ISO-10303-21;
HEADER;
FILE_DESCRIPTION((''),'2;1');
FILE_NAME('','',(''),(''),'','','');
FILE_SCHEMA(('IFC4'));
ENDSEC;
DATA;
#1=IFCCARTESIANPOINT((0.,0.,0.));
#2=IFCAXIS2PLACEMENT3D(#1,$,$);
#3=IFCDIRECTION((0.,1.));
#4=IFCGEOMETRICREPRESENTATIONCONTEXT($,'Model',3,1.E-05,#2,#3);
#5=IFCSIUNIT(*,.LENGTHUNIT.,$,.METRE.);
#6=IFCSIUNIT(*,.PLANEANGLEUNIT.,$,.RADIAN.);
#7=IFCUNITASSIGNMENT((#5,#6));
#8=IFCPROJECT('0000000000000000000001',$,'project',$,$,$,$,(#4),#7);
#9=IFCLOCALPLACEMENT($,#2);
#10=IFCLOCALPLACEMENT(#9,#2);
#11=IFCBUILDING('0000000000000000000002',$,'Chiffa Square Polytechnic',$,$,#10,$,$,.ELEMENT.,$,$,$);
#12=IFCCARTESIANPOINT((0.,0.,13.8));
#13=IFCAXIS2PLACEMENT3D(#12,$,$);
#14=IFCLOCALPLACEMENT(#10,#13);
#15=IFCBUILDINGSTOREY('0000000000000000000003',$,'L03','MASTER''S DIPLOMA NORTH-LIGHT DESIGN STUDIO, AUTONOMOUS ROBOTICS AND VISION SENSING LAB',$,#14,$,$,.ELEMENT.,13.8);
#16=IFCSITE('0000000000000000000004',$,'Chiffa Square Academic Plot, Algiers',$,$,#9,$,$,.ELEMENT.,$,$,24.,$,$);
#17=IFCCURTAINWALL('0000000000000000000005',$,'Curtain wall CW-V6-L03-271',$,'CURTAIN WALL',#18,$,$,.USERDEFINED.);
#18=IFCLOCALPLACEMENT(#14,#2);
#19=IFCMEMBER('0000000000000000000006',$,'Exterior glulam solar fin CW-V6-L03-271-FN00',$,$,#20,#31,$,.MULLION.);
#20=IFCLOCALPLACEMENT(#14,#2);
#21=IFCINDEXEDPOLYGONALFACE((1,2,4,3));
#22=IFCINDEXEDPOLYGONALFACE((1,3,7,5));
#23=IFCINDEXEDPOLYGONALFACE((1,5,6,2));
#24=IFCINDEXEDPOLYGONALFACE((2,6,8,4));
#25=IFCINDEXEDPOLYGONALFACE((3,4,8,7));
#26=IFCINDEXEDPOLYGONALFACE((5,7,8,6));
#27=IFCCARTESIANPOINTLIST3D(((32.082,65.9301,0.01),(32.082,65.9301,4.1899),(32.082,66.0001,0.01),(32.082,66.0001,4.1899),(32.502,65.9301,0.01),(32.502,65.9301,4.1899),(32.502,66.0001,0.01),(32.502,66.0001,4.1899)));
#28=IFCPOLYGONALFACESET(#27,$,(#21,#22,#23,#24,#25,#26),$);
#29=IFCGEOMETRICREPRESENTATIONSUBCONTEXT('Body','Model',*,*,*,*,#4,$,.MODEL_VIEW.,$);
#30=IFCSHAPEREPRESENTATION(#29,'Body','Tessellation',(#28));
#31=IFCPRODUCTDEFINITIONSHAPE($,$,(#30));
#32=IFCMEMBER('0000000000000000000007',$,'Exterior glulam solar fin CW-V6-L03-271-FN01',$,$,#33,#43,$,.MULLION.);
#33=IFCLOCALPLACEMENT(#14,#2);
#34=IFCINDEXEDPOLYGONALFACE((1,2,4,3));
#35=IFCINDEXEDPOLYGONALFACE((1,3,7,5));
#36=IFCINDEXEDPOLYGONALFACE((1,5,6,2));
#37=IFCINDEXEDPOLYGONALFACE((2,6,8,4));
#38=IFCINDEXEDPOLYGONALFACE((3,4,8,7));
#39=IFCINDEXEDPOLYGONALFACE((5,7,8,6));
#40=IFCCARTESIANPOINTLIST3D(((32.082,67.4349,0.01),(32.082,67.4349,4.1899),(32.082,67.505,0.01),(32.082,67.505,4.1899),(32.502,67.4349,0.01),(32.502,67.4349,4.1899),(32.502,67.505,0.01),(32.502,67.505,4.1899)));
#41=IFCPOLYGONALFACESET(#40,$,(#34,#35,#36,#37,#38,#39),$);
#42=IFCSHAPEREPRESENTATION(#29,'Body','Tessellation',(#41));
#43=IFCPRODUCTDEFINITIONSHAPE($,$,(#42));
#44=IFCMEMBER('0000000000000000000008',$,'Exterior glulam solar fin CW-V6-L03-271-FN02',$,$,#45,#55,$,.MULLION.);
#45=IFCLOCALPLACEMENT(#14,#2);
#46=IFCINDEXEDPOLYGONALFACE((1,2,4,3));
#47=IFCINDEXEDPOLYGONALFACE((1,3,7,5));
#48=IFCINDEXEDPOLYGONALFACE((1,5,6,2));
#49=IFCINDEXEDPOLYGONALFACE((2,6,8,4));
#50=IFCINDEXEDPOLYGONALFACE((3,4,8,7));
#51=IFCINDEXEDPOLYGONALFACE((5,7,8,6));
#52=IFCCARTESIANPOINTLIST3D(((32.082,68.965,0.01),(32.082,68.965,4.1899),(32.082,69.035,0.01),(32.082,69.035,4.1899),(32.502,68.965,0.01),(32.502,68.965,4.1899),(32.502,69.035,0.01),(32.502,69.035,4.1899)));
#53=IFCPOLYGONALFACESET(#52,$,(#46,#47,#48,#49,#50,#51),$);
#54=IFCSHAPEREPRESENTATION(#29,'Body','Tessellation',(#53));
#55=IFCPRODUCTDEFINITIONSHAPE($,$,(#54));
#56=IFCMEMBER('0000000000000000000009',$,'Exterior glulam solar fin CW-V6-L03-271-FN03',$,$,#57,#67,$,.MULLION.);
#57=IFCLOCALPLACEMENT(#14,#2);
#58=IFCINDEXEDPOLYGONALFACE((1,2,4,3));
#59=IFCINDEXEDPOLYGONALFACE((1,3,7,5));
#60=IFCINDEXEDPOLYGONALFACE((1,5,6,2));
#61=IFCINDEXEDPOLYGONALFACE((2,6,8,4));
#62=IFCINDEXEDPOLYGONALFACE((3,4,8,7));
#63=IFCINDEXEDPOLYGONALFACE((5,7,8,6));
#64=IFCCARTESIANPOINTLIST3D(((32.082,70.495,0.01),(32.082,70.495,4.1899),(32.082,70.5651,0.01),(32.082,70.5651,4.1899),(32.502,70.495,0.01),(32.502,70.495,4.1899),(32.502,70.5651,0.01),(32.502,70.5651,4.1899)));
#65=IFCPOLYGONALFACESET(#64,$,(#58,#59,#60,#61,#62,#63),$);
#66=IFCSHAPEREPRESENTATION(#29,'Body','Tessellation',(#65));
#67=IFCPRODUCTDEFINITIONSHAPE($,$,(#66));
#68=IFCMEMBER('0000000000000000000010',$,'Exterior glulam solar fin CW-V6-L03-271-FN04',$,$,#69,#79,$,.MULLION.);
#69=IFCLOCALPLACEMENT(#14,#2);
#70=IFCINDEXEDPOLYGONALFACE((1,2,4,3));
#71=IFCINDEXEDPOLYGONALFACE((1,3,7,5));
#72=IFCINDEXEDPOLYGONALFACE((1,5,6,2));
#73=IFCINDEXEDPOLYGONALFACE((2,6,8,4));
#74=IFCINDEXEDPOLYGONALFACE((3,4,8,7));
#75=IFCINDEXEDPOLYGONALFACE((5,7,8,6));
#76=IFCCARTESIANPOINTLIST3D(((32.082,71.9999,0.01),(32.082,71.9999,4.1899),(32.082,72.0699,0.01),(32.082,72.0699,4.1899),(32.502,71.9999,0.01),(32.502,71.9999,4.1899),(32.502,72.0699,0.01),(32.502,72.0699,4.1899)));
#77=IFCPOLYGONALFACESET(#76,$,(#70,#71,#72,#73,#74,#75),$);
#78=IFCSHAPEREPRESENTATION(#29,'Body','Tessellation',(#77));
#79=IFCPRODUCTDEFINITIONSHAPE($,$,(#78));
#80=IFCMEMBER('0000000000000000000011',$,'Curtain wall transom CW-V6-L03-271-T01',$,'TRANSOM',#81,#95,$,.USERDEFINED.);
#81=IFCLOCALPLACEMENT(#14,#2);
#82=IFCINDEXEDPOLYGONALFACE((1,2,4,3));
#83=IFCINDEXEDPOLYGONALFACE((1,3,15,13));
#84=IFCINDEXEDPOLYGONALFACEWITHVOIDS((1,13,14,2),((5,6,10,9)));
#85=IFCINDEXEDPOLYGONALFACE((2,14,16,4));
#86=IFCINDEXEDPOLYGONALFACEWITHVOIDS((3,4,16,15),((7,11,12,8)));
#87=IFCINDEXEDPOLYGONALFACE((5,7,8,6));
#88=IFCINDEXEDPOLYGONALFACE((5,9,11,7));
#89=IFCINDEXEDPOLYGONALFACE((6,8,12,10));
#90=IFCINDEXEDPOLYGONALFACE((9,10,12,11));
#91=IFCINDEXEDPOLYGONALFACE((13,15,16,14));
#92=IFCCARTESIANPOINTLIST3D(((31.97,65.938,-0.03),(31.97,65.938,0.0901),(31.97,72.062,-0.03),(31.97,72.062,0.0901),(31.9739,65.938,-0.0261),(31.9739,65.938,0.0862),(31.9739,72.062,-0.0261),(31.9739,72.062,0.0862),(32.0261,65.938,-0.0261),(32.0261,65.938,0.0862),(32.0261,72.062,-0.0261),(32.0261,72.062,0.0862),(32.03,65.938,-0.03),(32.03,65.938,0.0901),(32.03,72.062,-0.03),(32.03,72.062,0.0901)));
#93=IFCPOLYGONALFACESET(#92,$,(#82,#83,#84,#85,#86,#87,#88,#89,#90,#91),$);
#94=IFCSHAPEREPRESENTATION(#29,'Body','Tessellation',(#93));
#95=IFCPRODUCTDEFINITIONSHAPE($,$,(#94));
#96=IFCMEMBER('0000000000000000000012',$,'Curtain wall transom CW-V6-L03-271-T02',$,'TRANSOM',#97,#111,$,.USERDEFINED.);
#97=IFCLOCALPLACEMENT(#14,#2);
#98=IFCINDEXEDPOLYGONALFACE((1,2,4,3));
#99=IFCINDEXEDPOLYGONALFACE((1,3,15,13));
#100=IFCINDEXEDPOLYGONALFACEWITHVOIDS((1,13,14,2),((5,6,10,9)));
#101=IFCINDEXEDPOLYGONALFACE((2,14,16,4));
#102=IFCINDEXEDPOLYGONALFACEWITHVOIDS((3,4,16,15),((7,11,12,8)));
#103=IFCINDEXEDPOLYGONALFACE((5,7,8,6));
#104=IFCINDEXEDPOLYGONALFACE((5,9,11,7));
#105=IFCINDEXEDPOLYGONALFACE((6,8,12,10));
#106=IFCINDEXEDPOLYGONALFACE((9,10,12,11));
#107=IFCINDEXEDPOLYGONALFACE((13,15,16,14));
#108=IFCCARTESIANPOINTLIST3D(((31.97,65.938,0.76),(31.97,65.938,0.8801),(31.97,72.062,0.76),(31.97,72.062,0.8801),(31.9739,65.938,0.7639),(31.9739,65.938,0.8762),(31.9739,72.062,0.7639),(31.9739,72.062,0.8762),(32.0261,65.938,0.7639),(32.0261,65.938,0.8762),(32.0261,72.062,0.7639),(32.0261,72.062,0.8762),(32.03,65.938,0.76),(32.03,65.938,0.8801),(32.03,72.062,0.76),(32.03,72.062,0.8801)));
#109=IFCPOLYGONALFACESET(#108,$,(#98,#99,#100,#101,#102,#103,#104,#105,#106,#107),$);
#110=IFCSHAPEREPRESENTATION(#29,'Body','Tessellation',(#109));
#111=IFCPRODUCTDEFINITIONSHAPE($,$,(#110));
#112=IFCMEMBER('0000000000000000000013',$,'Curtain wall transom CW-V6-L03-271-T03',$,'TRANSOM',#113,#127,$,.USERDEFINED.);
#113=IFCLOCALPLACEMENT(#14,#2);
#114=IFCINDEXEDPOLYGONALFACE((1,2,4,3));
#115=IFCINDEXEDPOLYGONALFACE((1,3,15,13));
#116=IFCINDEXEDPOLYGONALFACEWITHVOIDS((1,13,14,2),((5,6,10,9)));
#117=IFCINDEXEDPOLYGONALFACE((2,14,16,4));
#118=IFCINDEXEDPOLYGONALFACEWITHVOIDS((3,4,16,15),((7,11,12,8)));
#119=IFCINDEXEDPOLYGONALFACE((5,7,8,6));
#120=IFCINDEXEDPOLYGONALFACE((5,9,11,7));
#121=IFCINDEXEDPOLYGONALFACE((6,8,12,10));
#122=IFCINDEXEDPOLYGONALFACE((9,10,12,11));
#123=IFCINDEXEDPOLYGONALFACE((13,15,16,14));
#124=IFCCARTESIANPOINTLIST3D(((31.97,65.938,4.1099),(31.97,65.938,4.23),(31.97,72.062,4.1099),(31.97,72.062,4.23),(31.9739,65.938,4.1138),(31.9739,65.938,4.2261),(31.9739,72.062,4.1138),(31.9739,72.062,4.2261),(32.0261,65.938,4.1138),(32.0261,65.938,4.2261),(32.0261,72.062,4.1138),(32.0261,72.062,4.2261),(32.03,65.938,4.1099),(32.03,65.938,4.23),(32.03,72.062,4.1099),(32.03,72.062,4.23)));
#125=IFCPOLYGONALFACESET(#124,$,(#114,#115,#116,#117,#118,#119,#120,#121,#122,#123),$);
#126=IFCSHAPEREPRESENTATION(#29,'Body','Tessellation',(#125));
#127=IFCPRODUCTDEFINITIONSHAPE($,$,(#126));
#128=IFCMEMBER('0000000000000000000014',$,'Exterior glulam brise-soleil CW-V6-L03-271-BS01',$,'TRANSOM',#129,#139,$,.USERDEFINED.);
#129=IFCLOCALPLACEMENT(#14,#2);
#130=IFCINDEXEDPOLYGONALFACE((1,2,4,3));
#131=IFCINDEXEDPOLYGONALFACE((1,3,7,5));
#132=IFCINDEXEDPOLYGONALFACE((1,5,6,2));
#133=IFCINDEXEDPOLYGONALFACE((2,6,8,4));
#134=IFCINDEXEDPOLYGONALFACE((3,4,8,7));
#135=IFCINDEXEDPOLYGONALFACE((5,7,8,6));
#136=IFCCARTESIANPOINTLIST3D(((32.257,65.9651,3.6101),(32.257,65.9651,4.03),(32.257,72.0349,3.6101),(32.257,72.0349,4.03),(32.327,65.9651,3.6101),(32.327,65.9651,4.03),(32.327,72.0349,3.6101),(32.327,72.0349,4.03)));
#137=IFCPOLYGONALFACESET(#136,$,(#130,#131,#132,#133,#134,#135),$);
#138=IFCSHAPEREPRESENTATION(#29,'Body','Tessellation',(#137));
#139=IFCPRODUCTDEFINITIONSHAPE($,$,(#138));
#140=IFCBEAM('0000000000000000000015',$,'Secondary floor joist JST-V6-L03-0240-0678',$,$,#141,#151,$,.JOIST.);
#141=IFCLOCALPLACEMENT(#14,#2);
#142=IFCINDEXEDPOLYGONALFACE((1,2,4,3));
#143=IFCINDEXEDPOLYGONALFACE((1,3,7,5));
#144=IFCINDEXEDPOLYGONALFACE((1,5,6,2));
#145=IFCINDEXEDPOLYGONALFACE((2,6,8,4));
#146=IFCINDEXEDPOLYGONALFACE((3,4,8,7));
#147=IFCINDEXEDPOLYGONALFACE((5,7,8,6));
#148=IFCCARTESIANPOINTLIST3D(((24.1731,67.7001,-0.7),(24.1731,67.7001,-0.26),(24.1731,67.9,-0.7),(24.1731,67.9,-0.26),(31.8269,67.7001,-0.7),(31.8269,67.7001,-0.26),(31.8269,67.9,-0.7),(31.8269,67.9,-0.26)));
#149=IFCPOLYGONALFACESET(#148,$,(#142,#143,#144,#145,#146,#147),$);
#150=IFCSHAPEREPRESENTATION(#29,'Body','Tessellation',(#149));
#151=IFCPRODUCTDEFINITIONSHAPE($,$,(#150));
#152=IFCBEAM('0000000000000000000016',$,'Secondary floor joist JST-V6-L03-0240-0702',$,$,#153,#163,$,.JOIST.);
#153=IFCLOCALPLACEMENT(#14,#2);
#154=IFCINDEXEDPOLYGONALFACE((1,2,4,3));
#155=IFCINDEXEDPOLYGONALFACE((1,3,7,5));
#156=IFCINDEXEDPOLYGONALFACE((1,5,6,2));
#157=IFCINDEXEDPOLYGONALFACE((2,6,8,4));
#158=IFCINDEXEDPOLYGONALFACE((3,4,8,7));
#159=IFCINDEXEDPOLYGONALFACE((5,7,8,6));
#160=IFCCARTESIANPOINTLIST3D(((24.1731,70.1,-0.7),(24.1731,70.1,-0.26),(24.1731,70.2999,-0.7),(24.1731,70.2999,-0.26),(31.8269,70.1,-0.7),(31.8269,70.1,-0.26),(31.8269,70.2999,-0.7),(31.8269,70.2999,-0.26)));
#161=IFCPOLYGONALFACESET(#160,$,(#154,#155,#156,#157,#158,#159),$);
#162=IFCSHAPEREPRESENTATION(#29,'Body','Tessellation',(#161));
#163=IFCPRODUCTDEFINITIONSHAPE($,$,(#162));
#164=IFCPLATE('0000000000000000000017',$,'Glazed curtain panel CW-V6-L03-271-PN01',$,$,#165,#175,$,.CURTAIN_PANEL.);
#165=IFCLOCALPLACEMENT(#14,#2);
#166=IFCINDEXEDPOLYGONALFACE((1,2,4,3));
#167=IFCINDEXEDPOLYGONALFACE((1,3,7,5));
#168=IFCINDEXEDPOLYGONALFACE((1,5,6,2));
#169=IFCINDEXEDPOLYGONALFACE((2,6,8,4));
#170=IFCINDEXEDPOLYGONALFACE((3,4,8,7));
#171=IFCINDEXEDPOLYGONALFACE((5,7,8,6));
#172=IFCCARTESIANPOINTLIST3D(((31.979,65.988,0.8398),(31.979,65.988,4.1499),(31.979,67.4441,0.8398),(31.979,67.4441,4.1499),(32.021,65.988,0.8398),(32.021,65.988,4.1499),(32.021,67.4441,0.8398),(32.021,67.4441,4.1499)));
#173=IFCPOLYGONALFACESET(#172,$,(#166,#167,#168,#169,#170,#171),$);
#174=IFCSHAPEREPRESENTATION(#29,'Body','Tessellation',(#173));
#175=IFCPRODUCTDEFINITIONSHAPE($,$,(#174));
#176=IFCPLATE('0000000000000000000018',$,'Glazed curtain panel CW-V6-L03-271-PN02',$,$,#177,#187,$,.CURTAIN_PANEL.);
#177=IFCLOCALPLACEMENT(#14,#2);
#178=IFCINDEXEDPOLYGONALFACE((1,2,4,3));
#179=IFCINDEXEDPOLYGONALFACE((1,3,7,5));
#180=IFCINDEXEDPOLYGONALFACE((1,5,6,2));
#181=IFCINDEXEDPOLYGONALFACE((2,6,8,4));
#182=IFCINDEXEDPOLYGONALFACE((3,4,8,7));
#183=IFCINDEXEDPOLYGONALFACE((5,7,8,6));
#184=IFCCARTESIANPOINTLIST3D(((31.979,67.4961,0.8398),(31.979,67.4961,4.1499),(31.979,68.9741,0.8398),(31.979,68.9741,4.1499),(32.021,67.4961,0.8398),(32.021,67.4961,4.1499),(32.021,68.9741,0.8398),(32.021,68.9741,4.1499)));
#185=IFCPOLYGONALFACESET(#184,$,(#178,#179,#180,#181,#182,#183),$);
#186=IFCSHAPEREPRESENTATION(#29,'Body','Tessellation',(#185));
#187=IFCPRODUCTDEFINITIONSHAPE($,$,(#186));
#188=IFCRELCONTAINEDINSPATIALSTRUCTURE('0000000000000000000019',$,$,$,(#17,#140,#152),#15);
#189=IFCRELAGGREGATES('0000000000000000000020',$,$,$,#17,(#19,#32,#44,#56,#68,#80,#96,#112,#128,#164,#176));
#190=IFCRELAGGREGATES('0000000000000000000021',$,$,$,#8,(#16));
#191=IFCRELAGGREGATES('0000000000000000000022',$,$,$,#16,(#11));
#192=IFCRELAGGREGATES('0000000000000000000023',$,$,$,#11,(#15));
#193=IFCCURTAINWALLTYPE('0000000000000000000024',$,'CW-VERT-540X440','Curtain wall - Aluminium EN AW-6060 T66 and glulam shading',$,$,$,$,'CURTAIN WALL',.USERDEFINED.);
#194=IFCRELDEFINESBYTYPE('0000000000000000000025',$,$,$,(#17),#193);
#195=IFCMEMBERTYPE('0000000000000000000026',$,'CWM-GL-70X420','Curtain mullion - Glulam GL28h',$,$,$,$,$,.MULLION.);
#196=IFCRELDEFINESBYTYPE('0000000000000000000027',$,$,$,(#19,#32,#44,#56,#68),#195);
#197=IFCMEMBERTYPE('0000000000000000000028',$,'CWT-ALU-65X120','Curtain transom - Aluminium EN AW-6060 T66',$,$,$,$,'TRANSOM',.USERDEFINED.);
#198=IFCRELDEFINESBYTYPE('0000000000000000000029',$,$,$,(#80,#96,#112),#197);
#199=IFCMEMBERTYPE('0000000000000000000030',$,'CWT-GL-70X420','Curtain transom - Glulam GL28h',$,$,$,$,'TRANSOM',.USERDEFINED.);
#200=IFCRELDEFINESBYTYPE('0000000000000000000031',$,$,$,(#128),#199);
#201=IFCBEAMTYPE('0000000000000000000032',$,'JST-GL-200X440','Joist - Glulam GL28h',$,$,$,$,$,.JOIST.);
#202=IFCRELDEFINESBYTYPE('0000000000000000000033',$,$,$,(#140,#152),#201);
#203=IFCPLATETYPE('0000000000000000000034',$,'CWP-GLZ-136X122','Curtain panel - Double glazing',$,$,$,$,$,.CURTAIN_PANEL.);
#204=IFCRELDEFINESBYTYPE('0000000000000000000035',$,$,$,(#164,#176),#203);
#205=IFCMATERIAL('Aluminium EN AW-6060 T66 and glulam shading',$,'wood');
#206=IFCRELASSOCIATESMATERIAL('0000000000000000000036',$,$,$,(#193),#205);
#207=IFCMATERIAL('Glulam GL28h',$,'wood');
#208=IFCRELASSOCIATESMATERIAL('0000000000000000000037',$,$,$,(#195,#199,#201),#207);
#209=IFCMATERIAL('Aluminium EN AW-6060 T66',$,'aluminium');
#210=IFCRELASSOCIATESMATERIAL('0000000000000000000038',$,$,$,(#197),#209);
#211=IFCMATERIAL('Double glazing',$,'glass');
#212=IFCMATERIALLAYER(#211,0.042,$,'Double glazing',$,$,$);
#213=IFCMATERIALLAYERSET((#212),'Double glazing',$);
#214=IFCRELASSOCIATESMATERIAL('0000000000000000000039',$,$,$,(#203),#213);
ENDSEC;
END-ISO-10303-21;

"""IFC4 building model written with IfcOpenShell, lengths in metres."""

from ifc_helpers import new_model, si_unit, direction, frame, origin, origin_2d, place, context, subcontext, project, spatial, rectangle, hollow_rectangle, extrude, material, layer, layer_set, material_profile, profile_set, type_object, element, aggregate, save


model = new_model("IFC4")

# Units and contexts
model_context = context("Model", 3, precision=1e-05, world=origin(), true_north=direction((0.0, 1.0)))
body_context = subcontext(model_context, "Body", "Model", "MODEL_VIEW")
ifc_project = project(units=[si_unit("LENGTHUNIT", "METRE"), si_unit("PLANEANGLEUNIT", "RADIAN")], contexts=[model_context])

# Site, building, storey
site_placement = place(None, origin())
site = spatial("IfcSite", under=ifc_project, at=site_placement, Name="Chiffa Square Academic Plot, Algiers", CompositionType="ELEMENT", RefElevation=24.0)
building_placement = place(site_placement, origin())
building = spatial("IfcBuilding", under=site, at=building_placement, Name="Chiffa Square Polytechnic", CompositionType="ELEMENT")
storey_placement = place(building_placement, frame((0.0, 0.0, 13.8)))
storey = spatial("IfcBuildingStorey", under=building, at=storey_placement, Name="L03", Description="MASTER'S DIPLOMA NORTH-LIGHT DESIGN STUDIO, AUTONOMOUS ROBOTICS AND VISION SENSING LAB", CompositionType="ELEMENT", Elevation=13.8)

# Curtain wall, members
ifc_material_1 = material(Name="Aluminium EN AW-6060 T66 and glulam shading", Category="wood")
curtain_wall_type = type_object("IfcCurtainWallType", Name="CW-VERT-540X440", Description="Curtain wall - Aluminium EN AW-6060 T66 and glulam shading", ElementType="CURTAIN WALL", PredefinedType="USERDEFINED", material=ifc_material_1)
curtain_wall_placement = place(storey_placement, origin())
curtain_wall = element("IfcCurtainWall", 1, at=curtain_wall_placement, inside=storey, type_object=curtain_wall_type, Name="Curtain wall CW-V6-L03-271", ObjectType="CURTAIN WALL", PredefinedType="USERDEFINED")
ifc_material_2 = material(Name="Aluminium EN AW-6060 T66", Category="aluminium")
ifc_material_3 = material(Name="Glulam GL28h", Category="wood")
ifc_material_profile_1 = material_profile(ifc_material_3, rectangle(XDim=0.0701, YDim=0.4199, at=origin_2d()), Name="GL28h 70x420")
ifc_profile_set_1 = profile_set([ifc_material_profile_1], Name="Glulam GL28h")
member_type_1 = type_object("IfcMemberType", Name="CWM-GL-70X420", Description="Curtain mullion - Glulam GL28h", PredefinedType="MULLION", material=ifc_profile_set_1)
member_1_placement = place(storey_placement, frame((32.292, 65.9651, 0.01), z_axis=(0.0, 0.0, 1.0), x_axis=(0.0, 1.0, 0.0)))
member_1 = element("IfcMember", 2, at=member_1_placement, type_object=member_type_1, Name="Exterior glulam solar fin CW-V6-L03-271-FN00", PredefinedType="MULLION", context=body_context, shape_type="SweptSolid", body=[
    extrude(rectangle(XDim=0.0701, YDim=0.4199, at=origin_2d()), origin(), (0.0, 0.0, 1.0), 4.1799),
])
member_2_placement = place(storey_placement, frame((32.292, 67.47, 0.01), z_axis=(0.0, 0.0, 1.0), x_axis=(0.0, 1.0, 0.0)))
member_2 = element("IfcMember", 3, at=member_2_placement, type_object=member_type_1, Name="Exterior glulam solar fin CW-V6-L03-271-FN01", PredefinedType="MULLION", context=body_context, shape_type="SweptSolid", body=[
    extrude(rectangle(XDim=0.0701, YDim=0.4199, at=origin_2d()), origin(), (0.0, 0.0, 1.0), 4.1799),
])
member_3_placement = place(storey_placement, frame((32.292, 69.0, 0.01), z_axis=(0.0, 0.0, 1.0), x_axis=(0.0, 1.0, 0.0)))
member_3 = element("IfcMember", 4, at=member_3_placement, type_object=member_type_1, Name="Exterior glulam solar fin CW-V6-L03-271-FN02", PredefinedType="MULLION", context=body_context, shape_type="SweptSolid", body=[
    extrude(rectangle(XDim=0.0701, YDim=0.4199, at=origin_2d()), origin(), (0.0, 0.0, 1.0), 4.1799),
])
member_4_placement = place(storey_placement, frame((32.292, 70.53, 0.01), z_axis=(0.0, 0.0, 1.0), x_axis=(0.0, 1.0, 0.0)))
member_4 = element("IfcMember", 5, at=member_4_placement, type_object=member_type_1, Name="Exterior glulam solar fin CW-V6-L03-271-FN03", PredefinedType="MULLION", context=body_context, shape_type="SweptSolid", body=[
    extrude(rectangle(XDim=0.0701, YDim=0.4199, at=origin_2d()), origin(), (0.0, 0.0, 1.0), 4.1799),
])
member_5_placement = place(storey_placement, frame((32.292, 72.0349, 0.01), z_axis=(0.0, 0.0, 1.0), x_axis=(0.0, 1.0, 0.0)))
member_5 = element("IfcMember", 6, at=member_5_placement, type_object=member_type_1, Name="Exterior glulam solar fin CW-V6-L03-271-FN04", PredefinedType="MULLION", context=body_context, shape_type="SweptSolid", body=[
    extrude(rectangle(XDim=0.0701, YDim=0.4199, at=origin_2d()), origin(), (0.0, 0.0, 1.0), 4.1799),
])
ifc_material_profile_2 = material_profile(ifc_material_2, hollow_rectangle(XDim=0.0601, YDim=0.1201, WallThickness=0.0039, at=origin_2d()), Name="ALU 60x120x4")
ifc_profile_set_2 = profile_set([ifc_material_profile_2], Name="Aluminium EN AW-6060 T66")
member_type_2 = type_object("IfcMemberType", Name="CWT-ALU-65X120", Description="Curtain transom - Aluminium EN AW-6060 T66", ElementType="TRANSOM", PredefinedType="USERDEFINED", material=ifc_profile_set_2)
member_6_placement = place(storey_placement, frame((32.0, 65.938, 0.03), z_axis=(0.0, 1.0, 0.0), x_axis=(-1.0, 0.0, 0.0)))
member_6 = element("IfcMember", 7, at=member_6_placement, type_object=member_type_2, Name="Curtain wall transom CW-V6-L03-271-T01", ObjectType="TRANSOM", PredefinedType="USERDEFINED", context=body_context, shape_type="SweptSolid", body=[
    extrude(hollow_rectangle(XDim=0.0601, YDim=0.1201, WallThickness=0.0039, at=origin_2d()), origin(), (0.0, 0.0, 1.0), 6.124),
])
member_7_placement = place(storey_placement, frame((32.0, 65.938, 0.8201), z_axis=(0.0, 1.0, 0.0), x_axis=(-1.0, 0.0, 0.0)))
member_7 = element("IfcMember", 8, at=member_7_placement, type_object=member_type_2, Name="Curtain wall transom CW-V6-L03-271-T02", ObjectType="TRANSOM", PredefinedType="USERDEFINED", context=body_context, shape_type="SweptSolid", body=[
    extrude(hollow_rectangle(XDim=0.0601, YDim=0.1201, WallThickness=0.0039, at=origin_2d()), origin(), (0.0, 0.0, 1.0), 6.124),
])
member_8_placement = place(storey_placement, frame((32.0, 65.938, 4.1699), z_axis=(0.0, 1.0, 0.0), x_axis=(-1.0, 0.0, 0.0)))
member_8 = element("IfcMember", 9, at=member_8_placement, type_object=member_type_2, Name="Curtain wall transom CW-V6-L03-271-T03", ObjectType="TRANSOM", PredefinedType="USERDEFINED", context=body_context, shape_type="SweptSolid", body=[
    extrude(hollow_rectangle(XDim=0.0601, YDim=0.1201, WallThickness=0.0039, at=origin_2d()), origin(), (0.0, 0.0, 1.0), 6.124),
])
ifc_material_profile_3 = material_profile(ifc_material_3, rectangle(XDim=0.0701, YDim=0.4199, at=origin_2d()), Name="GL28h 70x420")
ifc_profile_set_3 = profile_set([ifc_material_profile_3], Name="Glulam GL28h")
member_type_3 = type_object("IfcMemberType", Name="CWT-GL-70X420", Description="Curtain transom - Glulam GL28h", ElementType="TRANSOM", PredefinedType="USERDEFINED", material=ifc_profile_set_3)
member_9_placement = place(storey_placement, frame((32.292, 65.9651, 3.8201), z_axis=(0.0, 1.0, 0.0), x_axis=(-1.0, 0.0, 0.0)))
member_9 = element("IfcMember", 10, at=member_9_placement, type_object=member_type_3, Name="Exterior glulam brise-soleil CW-V6-L03-271-BS01", ObjectType="TRANSOM", PredefinedType="USERDEFINED", context=body_context, shape_type="SweptSolid", body=[
    extrude(rectangle(XDim=0.0701, YDim=0.4199, at=origin_2d()), origin(), (0.0, 0.0, 1.0), 6.0698),
])

# Beams
ifc_material_profile_4 = material_profile(ifc_material_3, rectangle(XDim=0.2, YDim=0.4399, at=origin_2d()), Name="GL28h 200x440")
ifc_profile_set_4 = profile_set([ifc_material_profile_4], Name="Glulam GL28h")
beam_type_1 = type_object("IfcBeamType", Name="JST-GL-200X440", Description="Joist - Glulam GL28h", PredefinedType="JOIST", material=ifc_profile_set_4)
for number, where, z_axis, x_axis, name in (
    (11, (24.1731, 67.8, -0.48), (1.0, 0.0, 0.0), (0.0, 1.0, 0.0), "Secondary floor joist JST-V6-L03-0240-0678"),
    (12, (24.1731, 70.2, -0.48), (1.0, 0.0, 0.0), (0.0, 1.0, 0.0), "Secondary floor joist JST-V6-L03-0240-0702"),
):
    element("IfcBeam", number, at=place(storey_placement, frame(where, z_axis=z_axis, x_axis=x_axis)), inside=storey, type_object=beam_type_1, Name=name, PredefinedType="JOIST", context=body_context, shape_type="SweptSolid", body=[
        extrude(rectangle(XDim=0.2, YDim=0.4399, at=origin_2d()), origin(), (0.0, 0.0, 1.0), 7.6538),
    ])

# Plates
ifc_material_4 = material(Name="Double glazing", Category="glass")
ifc_layer_1 = layer(ifc_material_4, 0.042, Name="Double glazing")
ifc_layer_set_1 = layer_set([ifc_layer_1], Name="Double glazing")
plate_type_1 = type_object("IfcPlateType", Name="CWP-GLZ-136X122", Description="Curtain panel - Double glazing", PredefinedType="CURTAIN_PANEL", material=ifc_layer_set_1)
plate_1_placement = place(storey_placement, frame((32.0, 66.7161, 0.8398), z_axis=(0.0, 0.0, 1.0), x_axis=(0.0, 1.0, 0.0)))
plate_1 = element("IfcPlate", 13, at=plate_1_placement, type_object=plate_type_1, Name="Glazed curtain panel CW-V6-L03-271-PN01", PredefinedType="CURTAIN_PANEL", context=body_context, shape_type="SweptSolid", body=[
    extrude(rectangle(XDim=1.4561, YDim=0.042, at=origin_2d()), origin(), (0.0, 0.0, 1.0), 3.3101),
])
plate_2_placement = place(storey_placement, frame((32.0, 68.2351, 0.8398), z_axis=(0.0, 0.0, 1.0), x_axis=(0.0, 1.0, 0.0)))
plate_2 = element("IfcPlate", 14, at=plate_2_placement, type_object=plate_type_1, Name="Glazed curtain panel CW-V6-L03-271-PN02", PredefinedType="CURTAIN_PANEL", context=body_context, shape_type="SweptSolid", body=[
    extrude(rectangle(XDim=1.478, YDim=0.042, at=origin_2d()), origin(), (0.0, 0.0, 1.0), 3.3101),
])
aggregate(curtain_wall, [member_1, member_2, member_3, member_4, member_5, member_6, member_7, member_8, member_9, plate_1, plate_2])

save(model, "model.ifc")
